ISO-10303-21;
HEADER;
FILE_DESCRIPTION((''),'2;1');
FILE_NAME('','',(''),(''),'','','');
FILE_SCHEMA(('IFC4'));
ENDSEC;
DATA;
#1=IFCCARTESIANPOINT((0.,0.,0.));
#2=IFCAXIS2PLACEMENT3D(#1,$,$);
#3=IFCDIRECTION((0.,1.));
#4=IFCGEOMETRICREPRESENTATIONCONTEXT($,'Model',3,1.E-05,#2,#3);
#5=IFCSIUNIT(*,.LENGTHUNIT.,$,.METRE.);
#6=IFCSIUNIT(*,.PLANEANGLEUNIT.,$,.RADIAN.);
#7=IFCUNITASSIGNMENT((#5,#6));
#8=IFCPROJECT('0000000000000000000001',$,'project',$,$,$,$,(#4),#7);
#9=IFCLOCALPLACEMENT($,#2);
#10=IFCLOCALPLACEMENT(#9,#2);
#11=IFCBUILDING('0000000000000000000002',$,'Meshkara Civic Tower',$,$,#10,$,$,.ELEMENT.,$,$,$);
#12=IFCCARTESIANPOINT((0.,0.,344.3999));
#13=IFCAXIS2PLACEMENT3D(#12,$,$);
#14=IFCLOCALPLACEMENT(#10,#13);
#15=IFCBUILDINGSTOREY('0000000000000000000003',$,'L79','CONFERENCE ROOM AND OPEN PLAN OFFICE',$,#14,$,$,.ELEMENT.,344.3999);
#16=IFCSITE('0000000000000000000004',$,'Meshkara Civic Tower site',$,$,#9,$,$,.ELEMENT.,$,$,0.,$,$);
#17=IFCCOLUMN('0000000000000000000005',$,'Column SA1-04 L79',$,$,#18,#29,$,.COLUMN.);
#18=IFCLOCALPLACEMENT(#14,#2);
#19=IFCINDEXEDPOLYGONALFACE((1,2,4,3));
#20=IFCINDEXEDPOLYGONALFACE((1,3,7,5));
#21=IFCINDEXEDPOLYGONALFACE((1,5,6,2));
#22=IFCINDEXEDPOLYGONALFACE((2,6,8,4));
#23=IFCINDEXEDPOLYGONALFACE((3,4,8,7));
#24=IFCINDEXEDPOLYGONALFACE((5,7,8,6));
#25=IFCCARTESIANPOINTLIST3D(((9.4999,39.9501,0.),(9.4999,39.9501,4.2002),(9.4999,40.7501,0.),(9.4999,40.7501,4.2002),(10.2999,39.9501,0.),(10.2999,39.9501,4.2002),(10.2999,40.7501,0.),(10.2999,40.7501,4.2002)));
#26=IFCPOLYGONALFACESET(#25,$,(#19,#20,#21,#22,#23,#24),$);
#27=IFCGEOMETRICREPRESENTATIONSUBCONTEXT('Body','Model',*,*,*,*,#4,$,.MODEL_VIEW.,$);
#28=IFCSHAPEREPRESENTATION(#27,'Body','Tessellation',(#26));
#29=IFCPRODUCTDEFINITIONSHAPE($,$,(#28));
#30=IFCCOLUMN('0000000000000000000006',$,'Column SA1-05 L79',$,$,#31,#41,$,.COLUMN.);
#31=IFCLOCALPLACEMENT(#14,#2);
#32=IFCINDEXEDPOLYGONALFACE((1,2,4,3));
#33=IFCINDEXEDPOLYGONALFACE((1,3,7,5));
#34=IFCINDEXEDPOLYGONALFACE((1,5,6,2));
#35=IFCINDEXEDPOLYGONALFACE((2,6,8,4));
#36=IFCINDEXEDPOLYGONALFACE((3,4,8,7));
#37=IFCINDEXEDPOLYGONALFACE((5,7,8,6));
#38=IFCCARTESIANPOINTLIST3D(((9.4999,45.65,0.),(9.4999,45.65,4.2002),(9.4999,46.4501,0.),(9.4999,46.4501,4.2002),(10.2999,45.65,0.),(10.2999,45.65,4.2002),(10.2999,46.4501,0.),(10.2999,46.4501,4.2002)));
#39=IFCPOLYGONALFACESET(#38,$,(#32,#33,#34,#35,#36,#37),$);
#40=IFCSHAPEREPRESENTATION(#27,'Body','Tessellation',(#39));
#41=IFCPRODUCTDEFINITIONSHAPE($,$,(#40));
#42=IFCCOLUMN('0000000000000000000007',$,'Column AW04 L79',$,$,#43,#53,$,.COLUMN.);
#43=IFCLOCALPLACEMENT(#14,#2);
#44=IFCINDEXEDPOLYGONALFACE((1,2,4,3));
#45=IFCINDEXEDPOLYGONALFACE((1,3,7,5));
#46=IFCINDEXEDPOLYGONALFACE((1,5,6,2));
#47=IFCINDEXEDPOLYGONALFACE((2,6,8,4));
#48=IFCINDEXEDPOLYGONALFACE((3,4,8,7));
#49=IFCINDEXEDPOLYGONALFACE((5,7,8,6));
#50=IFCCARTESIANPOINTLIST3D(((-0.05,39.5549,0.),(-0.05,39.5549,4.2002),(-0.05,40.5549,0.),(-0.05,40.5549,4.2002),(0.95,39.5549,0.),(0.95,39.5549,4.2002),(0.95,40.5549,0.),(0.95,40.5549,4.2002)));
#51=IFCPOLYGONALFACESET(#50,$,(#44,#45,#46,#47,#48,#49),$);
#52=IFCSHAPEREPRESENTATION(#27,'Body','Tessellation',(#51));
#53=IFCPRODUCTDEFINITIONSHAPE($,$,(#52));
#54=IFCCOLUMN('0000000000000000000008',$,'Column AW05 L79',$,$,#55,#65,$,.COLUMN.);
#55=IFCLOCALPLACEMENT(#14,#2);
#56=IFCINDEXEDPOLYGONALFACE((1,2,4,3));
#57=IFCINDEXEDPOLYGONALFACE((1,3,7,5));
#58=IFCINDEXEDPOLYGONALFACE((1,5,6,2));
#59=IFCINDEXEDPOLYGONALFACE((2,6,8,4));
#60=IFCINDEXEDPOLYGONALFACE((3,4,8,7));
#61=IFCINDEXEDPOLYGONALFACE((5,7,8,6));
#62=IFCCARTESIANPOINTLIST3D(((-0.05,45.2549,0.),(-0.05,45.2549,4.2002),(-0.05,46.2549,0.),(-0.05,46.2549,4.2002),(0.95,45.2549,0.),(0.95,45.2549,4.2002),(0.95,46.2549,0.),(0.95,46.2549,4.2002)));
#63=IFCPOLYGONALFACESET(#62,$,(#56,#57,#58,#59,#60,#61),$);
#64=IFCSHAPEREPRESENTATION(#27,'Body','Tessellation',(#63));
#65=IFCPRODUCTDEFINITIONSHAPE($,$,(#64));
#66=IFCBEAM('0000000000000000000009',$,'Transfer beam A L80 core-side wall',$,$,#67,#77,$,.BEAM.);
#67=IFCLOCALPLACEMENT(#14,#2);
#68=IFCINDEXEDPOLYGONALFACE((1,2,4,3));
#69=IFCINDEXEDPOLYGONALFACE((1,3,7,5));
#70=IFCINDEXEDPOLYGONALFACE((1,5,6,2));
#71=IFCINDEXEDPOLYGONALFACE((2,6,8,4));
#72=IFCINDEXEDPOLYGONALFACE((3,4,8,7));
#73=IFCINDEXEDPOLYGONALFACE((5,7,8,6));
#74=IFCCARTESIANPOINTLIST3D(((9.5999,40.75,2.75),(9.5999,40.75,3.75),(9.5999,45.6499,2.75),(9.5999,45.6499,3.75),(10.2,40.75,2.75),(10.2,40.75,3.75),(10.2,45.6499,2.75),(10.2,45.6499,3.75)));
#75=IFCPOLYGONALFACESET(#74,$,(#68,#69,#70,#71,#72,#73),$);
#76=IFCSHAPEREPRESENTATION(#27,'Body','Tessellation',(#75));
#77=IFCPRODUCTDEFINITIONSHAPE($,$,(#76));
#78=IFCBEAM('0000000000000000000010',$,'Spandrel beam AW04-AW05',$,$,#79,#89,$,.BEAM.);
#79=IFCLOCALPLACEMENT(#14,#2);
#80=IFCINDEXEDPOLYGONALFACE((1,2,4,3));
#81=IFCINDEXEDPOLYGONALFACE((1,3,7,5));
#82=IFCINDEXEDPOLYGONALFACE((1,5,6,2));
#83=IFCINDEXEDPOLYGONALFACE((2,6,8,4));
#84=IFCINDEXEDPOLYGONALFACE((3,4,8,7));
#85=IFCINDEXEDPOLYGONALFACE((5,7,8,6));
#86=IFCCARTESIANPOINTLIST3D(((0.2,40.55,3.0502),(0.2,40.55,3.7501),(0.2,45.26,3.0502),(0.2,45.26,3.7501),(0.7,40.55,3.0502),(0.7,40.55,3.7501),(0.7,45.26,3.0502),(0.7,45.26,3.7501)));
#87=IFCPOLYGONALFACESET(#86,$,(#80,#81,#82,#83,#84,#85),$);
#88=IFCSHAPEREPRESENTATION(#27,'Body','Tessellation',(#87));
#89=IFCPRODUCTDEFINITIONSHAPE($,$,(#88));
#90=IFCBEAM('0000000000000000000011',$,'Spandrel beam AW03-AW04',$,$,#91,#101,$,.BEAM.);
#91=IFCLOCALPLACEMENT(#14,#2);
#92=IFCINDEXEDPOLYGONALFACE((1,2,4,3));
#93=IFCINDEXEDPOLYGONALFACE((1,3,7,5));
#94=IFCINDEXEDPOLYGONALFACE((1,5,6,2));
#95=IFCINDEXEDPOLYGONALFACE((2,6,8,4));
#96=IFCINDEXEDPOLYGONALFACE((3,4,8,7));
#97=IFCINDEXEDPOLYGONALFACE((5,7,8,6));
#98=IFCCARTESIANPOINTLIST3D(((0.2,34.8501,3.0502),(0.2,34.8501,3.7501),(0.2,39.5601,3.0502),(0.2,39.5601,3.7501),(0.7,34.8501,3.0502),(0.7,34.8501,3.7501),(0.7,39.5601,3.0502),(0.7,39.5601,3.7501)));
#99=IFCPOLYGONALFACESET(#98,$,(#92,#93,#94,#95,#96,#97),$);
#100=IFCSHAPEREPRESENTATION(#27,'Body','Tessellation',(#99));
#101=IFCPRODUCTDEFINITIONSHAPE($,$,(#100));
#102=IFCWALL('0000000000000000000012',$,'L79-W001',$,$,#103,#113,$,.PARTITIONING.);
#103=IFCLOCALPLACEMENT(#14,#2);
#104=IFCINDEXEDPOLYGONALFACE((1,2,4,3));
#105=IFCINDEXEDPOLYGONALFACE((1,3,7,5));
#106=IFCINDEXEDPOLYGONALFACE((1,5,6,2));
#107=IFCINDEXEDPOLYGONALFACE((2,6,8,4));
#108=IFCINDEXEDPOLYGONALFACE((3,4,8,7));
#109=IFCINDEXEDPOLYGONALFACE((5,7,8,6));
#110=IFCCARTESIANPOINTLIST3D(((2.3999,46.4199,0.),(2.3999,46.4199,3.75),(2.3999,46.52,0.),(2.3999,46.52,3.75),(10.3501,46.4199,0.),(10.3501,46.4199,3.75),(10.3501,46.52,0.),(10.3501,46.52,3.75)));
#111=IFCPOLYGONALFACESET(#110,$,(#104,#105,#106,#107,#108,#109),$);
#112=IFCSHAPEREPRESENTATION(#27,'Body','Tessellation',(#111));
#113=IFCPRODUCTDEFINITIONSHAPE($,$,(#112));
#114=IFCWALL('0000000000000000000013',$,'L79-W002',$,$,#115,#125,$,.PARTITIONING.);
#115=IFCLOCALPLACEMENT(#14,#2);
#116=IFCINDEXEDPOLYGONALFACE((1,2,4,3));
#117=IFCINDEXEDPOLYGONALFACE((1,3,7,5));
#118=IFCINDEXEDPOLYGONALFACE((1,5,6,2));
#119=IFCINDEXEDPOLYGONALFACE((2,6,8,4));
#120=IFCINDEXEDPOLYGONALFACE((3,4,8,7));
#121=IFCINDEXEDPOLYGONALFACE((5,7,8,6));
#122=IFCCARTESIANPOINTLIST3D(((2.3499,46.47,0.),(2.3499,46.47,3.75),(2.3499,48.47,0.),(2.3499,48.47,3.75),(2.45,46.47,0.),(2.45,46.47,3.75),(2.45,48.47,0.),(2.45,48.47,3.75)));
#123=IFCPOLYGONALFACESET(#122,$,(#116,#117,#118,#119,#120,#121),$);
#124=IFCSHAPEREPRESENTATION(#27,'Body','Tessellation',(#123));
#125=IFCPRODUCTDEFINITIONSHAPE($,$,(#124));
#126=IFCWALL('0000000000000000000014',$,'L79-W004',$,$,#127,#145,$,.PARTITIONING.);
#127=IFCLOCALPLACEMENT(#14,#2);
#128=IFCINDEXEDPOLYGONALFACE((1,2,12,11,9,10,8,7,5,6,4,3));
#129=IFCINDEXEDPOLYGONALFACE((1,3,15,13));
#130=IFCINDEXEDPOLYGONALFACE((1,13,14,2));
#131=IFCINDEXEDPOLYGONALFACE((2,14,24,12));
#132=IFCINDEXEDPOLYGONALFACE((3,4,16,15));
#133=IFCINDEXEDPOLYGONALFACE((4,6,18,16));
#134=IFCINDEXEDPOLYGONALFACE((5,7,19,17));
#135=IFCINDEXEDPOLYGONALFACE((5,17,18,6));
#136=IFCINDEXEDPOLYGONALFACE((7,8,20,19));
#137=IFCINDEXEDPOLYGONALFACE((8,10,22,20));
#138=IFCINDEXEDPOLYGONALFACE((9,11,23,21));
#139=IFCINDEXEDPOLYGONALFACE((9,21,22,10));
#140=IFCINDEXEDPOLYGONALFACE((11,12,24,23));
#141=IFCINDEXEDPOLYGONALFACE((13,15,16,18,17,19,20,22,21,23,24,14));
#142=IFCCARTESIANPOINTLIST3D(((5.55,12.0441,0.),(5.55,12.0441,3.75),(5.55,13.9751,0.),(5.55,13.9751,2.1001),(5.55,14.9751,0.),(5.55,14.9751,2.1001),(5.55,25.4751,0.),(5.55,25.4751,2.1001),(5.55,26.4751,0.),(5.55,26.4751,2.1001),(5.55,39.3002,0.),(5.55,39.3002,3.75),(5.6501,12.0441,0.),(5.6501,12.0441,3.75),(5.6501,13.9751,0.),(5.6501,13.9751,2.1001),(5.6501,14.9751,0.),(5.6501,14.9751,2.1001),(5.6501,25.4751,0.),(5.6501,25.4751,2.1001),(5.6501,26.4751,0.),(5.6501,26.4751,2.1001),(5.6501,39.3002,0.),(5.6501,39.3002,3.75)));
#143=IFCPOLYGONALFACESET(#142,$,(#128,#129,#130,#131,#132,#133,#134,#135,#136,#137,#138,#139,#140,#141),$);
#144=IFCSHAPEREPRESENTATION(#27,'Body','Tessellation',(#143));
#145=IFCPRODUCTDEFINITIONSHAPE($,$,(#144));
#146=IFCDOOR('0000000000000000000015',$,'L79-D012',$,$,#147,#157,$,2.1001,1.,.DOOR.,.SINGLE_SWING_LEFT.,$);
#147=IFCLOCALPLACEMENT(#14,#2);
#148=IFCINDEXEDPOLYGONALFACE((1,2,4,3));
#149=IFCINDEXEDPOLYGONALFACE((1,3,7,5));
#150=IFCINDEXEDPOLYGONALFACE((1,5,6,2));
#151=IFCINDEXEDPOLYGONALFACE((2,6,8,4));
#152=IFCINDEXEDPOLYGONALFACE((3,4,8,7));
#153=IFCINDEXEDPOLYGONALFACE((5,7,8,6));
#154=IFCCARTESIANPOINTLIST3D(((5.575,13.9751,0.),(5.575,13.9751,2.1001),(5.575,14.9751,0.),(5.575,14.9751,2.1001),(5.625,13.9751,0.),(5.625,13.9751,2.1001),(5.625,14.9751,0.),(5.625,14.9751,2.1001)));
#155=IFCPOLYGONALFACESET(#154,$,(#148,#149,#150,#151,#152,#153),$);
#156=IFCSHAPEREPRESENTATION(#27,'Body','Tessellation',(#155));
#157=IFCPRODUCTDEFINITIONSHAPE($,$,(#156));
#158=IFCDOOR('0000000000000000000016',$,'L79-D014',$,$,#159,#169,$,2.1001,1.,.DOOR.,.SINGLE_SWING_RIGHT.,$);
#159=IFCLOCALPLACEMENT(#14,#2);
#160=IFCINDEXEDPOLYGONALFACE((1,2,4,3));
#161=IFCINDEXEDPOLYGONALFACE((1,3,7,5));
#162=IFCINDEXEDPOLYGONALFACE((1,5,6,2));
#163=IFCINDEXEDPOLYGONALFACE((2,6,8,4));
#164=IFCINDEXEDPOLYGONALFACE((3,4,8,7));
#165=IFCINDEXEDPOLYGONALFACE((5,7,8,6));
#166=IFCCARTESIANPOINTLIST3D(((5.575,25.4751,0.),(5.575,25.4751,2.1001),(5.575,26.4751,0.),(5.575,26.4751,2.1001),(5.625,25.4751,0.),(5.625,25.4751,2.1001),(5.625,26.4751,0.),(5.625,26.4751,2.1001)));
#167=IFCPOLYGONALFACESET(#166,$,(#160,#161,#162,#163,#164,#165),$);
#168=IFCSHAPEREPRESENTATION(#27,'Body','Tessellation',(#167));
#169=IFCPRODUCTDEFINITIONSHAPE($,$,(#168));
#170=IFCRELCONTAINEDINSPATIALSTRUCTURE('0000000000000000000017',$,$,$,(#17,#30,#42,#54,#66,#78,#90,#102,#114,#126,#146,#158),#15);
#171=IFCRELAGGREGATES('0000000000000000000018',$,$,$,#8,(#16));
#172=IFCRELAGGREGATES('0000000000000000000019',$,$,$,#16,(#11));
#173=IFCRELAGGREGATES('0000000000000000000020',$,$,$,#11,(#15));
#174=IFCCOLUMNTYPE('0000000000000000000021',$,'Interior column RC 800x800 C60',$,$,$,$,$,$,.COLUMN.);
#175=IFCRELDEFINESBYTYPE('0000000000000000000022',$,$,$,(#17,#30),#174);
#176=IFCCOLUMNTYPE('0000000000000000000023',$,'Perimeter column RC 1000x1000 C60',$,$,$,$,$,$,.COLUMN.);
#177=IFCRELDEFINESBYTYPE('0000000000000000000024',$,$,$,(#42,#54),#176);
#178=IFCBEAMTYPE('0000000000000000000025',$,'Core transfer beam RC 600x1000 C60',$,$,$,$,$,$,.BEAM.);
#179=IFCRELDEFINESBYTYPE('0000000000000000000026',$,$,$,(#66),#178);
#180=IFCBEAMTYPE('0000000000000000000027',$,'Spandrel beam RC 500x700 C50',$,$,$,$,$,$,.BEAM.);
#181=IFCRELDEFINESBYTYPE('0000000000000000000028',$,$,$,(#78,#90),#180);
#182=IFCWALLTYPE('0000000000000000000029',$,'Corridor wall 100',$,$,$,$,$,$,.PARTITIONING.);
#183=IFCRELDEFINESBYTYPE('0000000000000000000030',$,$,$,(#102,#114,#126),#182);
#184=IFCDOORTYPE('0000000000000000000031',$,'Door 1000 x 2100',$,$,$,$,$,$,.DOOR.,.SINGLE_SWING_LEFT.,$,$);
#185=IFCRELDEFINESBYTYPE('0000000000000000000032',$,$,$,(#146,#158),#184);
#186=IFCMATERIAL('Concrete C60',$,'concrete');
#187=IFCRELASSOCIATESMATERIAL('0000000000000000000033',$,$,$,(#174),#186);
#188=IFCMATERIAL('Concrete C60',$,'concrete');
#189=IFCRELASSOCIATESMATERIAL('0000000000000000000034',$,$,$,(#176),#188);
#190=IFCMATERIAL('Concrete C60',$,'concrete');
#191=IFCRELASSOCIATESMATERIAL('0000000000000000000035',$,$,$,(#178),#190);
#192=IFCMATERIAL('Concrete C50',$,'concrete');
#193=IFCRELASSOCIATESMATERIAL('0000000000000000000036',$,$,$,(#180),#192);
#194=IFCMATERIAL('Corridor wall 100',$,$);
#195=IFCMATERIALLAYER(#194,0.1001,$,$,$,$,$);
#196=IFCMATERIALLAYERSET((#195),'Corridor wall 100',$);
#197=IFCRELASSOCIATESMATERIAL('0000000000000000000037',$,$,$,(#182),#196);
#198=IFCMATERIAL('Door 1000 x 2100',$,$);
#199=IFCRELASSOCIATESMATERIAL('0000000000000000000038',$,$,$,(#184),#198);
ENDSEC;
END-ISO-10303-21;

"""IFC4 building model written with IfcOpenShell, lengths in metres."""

from ifc_helpers import new_model, si_unit, direction, frame, frame_2d, origin, origin_2d, place, context, subcontext, project, spatial, rectangle, extrude, material, layer, layer_set, material_profile, profile_set, type_object, element, fill, save


model = new_model("IFC4")

# Units and contexts
model_context = context("Model", 3, precision=1e-05, world=origin(), true_north=direction((0.0, 1.0)))
body_context = subcontext(model_context, "Body", "Model", "MODEL_VIEW")
ifc_project = project(units=[si_unit("LENGTHUNIT", "METRE"), si_unit("PLANEANGLEUNIT", "RADIAN")], contexts=[model_context])

# Site, building, storey
site_placement = place(None, origin())
site = spatial("IfcSite", under=ifc_project, at=site_placement, Name="Meshkara Civic Tower site", CompositionType="ELEMENT", RefElevation=0.0)
building_placement = place(site_placement, origin())
building = spatial("IfcBuilding", under=site, at=building_placement, Name="Meshkara Civic Tower", CompositionType="ELEMENT")
storey_placement = place(building_placement, frame((0.0, 0.0, 344.3999)))
storey = spatial("IfcBuildingStorey", under=building, at=storey_placement, Name="L79", Description="CONFERENCE ROOM AND OPEN PLAN OFFICE", CompositionType="ELEMENT", Elevation=344.3999)

# Columns
ifc_material_1 = material(Name="Concrete C60", Category="concrete")
ifc_material_profile_1 = material_profile(ifc_material_1, rectangle(XDim=0.8, YDim=0.8, at=origin_2d()))
ifc_profile_set_1 = profile_set([ifc_material_profile_1], Name="Concrete C60")
column_type_1 = type_object("IfcColumnType", Name="Interior column RC 800x800 C60", PredefinedType="COLUMN", material=ifc_profile_set_1)
for number, where, z_axis, x_axis, name in (
    (1, (9.8999, 40.3501, 0.0), (0.0, 0.0, 1.0), (1.0, 0.0, 0.0), "Column SA1-04 L79"),
    (2, (9.8999, 46.05, 0.0), (0.0, 0.0, 1.0), (1.0, 0.0, 0.0), "Column SA1-05 L79"),
):
    element("IfcColumn", number, at=place(storey_placement, frame(where, z_axis=z_axis, x_axis=x_axis)), inside=storey, type_object=column_type_1, Name=name, PredefinedType="COLUMN", context=body_context, shape_type="SweptSolid", body=[
        extrude(rectangle(XDim=0.8, YDim=0.8, at=origin_2d()), origin(), (0.0, 0.0, 1.0), 4.2002),
    ])
ifc_material_2 = material(Name="Concrete C60", Category="concrete")
ifc_material_profile_2 = material_profile(ifc_material_2, rectangle(XDim=1.0, YDim=1.0, at=origin_2d()))
ifc_profile_set_2 = profile_set([ifc_material_profile_2], Name="Concrete C60")
column_type_2 = type_object("IfcColumnType", Name="Perimeter column RC 1000x1000 C60", PredefinedType="COLUMN", material=ifc_profile_set_2)
for number, where, z_axis, x_axis, name in (
    (3, (0.45, 40.0549, 0.0), (0.0, 0.0, 1.0), (1.0, 0.0, 0.0), "Column AW04 L79"),
    (4, (0.45, 45.7549, 0.0), (0.0, 0.0, 1.0), (1.0, 0.0, 0.0), "Column AW05 L79"),
):
    element("IfcColumn", number, at=place(storey_placement, frame(where, z_axis=z_axis, x_axis=x_axis)), inside=storey, type_object=column_type_2, Name=name, PredefinedType="COLUMN", context=body_context, shape_type="SweptSolid", body=[
        extrude(rectangle(XDim=1.0, YDim=1.0, at=origin_2d()), origin(), (0.0, 0.0, 1.0), 4.2002),
    ])

# Beams
ifc_material_3 = material(Name="Concrete C60", Category="concrete")
ifc_material_profile_3 = material_profile(ifc_material_3, rectangle(XDim=0.6001, YDim=1.0, at=origin_2d()))
ifc_profile_set_3 = profile_set([ifc_material_profile_3], Name="Concrete C60")
beam_type_1 = type_object("IfcBeamType", Name="Core transfer beam RC 600x1000 C60", PredefinedType="BEAM", material=ifc_profile_set_3)
beam_placement = place(storey_placement, frame((9.8999, 40.75, 3.25), z_axis=(0.0, 1.0, 0.0), x_axis=(-1.0, 0.0, 0.0)))
element("IfcBeam", 5, at=beam_placement, inside=storey, type_object=beam_type_1, Name="Transfer beam A L80 core-side wall", PredefinedType="BEAM", context=body_context, shape_type="SweptSolid", body=[
    extrude(rectangle(XDim=0.6001, YDim=1.0, at=origin_2d()), origin(), (0.0, 0.0, 1.0), 4.8999),
])
ifc_material_4 = material(Name="Concrete C50", Category="concrete")
ifc_material_profile_4 = material_profile(ifc_material_4, rectangle(XDim=0.5, YDim=0.7, at=origin_2d()))
ifc_profile_set_4 = profile_set([ifc_material_profile_4], Name="Concrete C50")
beam_type_2 = type_object("IfcBeamType", Name="Spandrel beam RC 500x700 C50", PredefinedType="BEAM", material=ifc_profile_set_4)
for number, where, z_axis, x_axis, name in (
    (6, (0.45, 45.26, 3.4001), (0.0, -1.0, 0.0), (1.0, 0.0, 0.0), "Spandrel beam AW04-AW05"),
    (7, (0.45, 39.5601, 3.4001), (0.0, -1.0, 0.0), (1.0, 0.0, 0.0), "Spandrel beam AW03-AW04"),
):
    element("IfcBeam", number, at=place(storey_placement, frame(where, z_axis=z_axis, x_axis=x_axis)), inside=storey, type_object=beam_type_2, Name=name, PredefinedType="BEAM", context=body_context, shape_type="SweptSolid", body=[
        extrude(rectangle(XDim=0.5, YDim=0.7, at=origin_2d()), origin(), (0.0, 0.0, 1.0), 4.71),
    ])

# Walls
ifc_material_5 = material(Name="Corridor wall 100")
ifc_layer_1 = layer(ifc_material_5, 0.1001)
ifc_layer_set_1 = layer_set([ifc_layer_1], Name="Corridor wall 100")
wall_type_1 = type_object("IfcWallType", Name="Corridor wall 100", PredefinedType="PARTITIONING", material=ifc_layer_set_1)
wall_1_placement = place(storey_placement, frame((2.3999, 46.47, 0.0), z_axis=(0.0, 0.0, 1.0), x_axis=(1.0, 0.0, 0.0)))
element("IfcWall", 8, at=wall_1_placement, inside=storey, type_object=wall_type_1, Name="L79-W001", PredefinedType="PARTITIONING", context=body_context, shape_type="SweptSolid", body=[
    extrude(rectangle(XDim=7.9502, YDim=0.1001, at=frame_2d((3.9751, 0.0))), origin(), (0.0, 0.0, 1.0), 3.75),
])
wall_2_placement = place(storey_placement, frame((2.3999, 48.47, 0.0), z_axis=(0.0, 0.0, 1.0), x_axis=(0.0, -1.0, 0.0)))
element("IfcWall", 9, at=wall_2_placement, inside=storey, type_object=wall_type_1, Name="L79-W002", PredefinedType="PARTITIONING", context=body_context, shape_type="SweptSolid", body=[
    extrude(rectangle(XDim=2.0, YDim=0.1001, at=frame_2d((1.0, 0.0))), origin(), (0.0, 0.0, 1.0), 3.75),
])

# Wall, openings, doors
wall_3_placement = place(storey_placement, frame((5.6001, 39.3, 0.0), z_axis=(0.0, 0.0, 1.0), x_axis=(0.0, -1.0, 0.0)))
wall_3 = element("IfcWall", 10, at=wall_3_placement, inside=storey, type_object=wall_type_1, Name="L79-W004", PredefinedType="PARTITIONING", context=body_context, shape_type="SweptSolid", body=[
    extrude(rectangle(XDim=27.2561, YDim=0.1001, at=frame_2d((13.6279, 0.0))), origin(), (0.0, 0.0, 1.0), 3.75),
])
opening_1_placement = place(wall_3_placement, frame((24.325, 0.0, 0.0)))
opening_1 = element("IfcOpeningElement", 11, at=opening_1_placement, cuts=wall_3, PredefinedType="OPENING", context=body_context, shape_type="SweptSolid", body=[
    extrude(rectangle(XDim=1.0, YDim=2.1001, at=frame_2d((0.5, 1.05))), frame((0.0, 0.0601, 0.0), z_axis=(0.0, -1.0, 0.0), x_axis=(1.0, 0.0, 0.0)), (0.0, 0.0, 1.0), 0.1201),
])
opening_2_placement = place(wall_3_placement, frame((12.825, 0.0, 0.0)))
opening_2 = element("IfcOpeningElement", 12, at=opening_2_placement, cuts=wall_3, PredefinedType="OPENING", context=body_context, shape_type="SweptSolid", body=[
    extrude(rectangle(XDim=1.0, YDim=2.1001, at=frame_2d((0.5, 1.05))), frame((0.0, 0.0601, 0.0), z_axis=(0.0, -1.0, 0.0), x_axis=(1.0, 0.0, 0.0)), (0.0, 0.0, 1.0), 0.1201),
])
ifc_material_6 = material(Name="Door 1000 x 2100")
door_type_1 = type_object("IfcDoorType", Name="Door 1000 x 2100", OperationType="SINGLE_SWING_LEFT", PredefinedType="DOOR", material=ifc_material_6)
door_1_placement = place(opening_1_placement, origin())
door_1 = element("IfcDoor", 13, at=door_1_placement, inside=storey, type_object=door_type_1, Name="L79-D012", OperationType="SINGLE_SWING_LEFT", OverallHeight=2.1001, OverallWidth=1.0, PredefinedType="DOOR", context=body_context, shape_type="SweptSolid", body=[
    extrude(rectangle(XDim=1.0, YDim=2.1001, at=frame_2d((0.5, 1.05))), frame((0.0, 0.0249, 0.0), z_axis=(0.0, -1.0, 0.0), x_axis=(1.0, 0.0, 0.0)), (0.0, 0.0, 1.0), 0.05),
])
fill(opening_1, door_1)
door_2_placement = place(opening_2_placement, origin())
door_2 = element("IfcDoor", 14, at=door_2_placement, inside=storey, type_object=door_type_1, Name="L79-D014", OperationType="SINGLE_SWING_RIGHT", OverallHeight=2.1001, OverallWidth=1.0, PredefinedType="DOOR", context=body_context, shape_type="SweptSolid", body=[
    extrude(rectangle(XDim=1.0, YDim=2.1001, at=frame_2d((0.5, 1.05))), frame((0.0, 0.0249, 0.0), z_axis=(0.0, -1.0, 0.0), x_axis=(1.0, 0.0, 0.0)), (0.0, 0.0, 1.0), 0.05),
])
fill(opening_2, door_2)

save(model, "model.ifc")
